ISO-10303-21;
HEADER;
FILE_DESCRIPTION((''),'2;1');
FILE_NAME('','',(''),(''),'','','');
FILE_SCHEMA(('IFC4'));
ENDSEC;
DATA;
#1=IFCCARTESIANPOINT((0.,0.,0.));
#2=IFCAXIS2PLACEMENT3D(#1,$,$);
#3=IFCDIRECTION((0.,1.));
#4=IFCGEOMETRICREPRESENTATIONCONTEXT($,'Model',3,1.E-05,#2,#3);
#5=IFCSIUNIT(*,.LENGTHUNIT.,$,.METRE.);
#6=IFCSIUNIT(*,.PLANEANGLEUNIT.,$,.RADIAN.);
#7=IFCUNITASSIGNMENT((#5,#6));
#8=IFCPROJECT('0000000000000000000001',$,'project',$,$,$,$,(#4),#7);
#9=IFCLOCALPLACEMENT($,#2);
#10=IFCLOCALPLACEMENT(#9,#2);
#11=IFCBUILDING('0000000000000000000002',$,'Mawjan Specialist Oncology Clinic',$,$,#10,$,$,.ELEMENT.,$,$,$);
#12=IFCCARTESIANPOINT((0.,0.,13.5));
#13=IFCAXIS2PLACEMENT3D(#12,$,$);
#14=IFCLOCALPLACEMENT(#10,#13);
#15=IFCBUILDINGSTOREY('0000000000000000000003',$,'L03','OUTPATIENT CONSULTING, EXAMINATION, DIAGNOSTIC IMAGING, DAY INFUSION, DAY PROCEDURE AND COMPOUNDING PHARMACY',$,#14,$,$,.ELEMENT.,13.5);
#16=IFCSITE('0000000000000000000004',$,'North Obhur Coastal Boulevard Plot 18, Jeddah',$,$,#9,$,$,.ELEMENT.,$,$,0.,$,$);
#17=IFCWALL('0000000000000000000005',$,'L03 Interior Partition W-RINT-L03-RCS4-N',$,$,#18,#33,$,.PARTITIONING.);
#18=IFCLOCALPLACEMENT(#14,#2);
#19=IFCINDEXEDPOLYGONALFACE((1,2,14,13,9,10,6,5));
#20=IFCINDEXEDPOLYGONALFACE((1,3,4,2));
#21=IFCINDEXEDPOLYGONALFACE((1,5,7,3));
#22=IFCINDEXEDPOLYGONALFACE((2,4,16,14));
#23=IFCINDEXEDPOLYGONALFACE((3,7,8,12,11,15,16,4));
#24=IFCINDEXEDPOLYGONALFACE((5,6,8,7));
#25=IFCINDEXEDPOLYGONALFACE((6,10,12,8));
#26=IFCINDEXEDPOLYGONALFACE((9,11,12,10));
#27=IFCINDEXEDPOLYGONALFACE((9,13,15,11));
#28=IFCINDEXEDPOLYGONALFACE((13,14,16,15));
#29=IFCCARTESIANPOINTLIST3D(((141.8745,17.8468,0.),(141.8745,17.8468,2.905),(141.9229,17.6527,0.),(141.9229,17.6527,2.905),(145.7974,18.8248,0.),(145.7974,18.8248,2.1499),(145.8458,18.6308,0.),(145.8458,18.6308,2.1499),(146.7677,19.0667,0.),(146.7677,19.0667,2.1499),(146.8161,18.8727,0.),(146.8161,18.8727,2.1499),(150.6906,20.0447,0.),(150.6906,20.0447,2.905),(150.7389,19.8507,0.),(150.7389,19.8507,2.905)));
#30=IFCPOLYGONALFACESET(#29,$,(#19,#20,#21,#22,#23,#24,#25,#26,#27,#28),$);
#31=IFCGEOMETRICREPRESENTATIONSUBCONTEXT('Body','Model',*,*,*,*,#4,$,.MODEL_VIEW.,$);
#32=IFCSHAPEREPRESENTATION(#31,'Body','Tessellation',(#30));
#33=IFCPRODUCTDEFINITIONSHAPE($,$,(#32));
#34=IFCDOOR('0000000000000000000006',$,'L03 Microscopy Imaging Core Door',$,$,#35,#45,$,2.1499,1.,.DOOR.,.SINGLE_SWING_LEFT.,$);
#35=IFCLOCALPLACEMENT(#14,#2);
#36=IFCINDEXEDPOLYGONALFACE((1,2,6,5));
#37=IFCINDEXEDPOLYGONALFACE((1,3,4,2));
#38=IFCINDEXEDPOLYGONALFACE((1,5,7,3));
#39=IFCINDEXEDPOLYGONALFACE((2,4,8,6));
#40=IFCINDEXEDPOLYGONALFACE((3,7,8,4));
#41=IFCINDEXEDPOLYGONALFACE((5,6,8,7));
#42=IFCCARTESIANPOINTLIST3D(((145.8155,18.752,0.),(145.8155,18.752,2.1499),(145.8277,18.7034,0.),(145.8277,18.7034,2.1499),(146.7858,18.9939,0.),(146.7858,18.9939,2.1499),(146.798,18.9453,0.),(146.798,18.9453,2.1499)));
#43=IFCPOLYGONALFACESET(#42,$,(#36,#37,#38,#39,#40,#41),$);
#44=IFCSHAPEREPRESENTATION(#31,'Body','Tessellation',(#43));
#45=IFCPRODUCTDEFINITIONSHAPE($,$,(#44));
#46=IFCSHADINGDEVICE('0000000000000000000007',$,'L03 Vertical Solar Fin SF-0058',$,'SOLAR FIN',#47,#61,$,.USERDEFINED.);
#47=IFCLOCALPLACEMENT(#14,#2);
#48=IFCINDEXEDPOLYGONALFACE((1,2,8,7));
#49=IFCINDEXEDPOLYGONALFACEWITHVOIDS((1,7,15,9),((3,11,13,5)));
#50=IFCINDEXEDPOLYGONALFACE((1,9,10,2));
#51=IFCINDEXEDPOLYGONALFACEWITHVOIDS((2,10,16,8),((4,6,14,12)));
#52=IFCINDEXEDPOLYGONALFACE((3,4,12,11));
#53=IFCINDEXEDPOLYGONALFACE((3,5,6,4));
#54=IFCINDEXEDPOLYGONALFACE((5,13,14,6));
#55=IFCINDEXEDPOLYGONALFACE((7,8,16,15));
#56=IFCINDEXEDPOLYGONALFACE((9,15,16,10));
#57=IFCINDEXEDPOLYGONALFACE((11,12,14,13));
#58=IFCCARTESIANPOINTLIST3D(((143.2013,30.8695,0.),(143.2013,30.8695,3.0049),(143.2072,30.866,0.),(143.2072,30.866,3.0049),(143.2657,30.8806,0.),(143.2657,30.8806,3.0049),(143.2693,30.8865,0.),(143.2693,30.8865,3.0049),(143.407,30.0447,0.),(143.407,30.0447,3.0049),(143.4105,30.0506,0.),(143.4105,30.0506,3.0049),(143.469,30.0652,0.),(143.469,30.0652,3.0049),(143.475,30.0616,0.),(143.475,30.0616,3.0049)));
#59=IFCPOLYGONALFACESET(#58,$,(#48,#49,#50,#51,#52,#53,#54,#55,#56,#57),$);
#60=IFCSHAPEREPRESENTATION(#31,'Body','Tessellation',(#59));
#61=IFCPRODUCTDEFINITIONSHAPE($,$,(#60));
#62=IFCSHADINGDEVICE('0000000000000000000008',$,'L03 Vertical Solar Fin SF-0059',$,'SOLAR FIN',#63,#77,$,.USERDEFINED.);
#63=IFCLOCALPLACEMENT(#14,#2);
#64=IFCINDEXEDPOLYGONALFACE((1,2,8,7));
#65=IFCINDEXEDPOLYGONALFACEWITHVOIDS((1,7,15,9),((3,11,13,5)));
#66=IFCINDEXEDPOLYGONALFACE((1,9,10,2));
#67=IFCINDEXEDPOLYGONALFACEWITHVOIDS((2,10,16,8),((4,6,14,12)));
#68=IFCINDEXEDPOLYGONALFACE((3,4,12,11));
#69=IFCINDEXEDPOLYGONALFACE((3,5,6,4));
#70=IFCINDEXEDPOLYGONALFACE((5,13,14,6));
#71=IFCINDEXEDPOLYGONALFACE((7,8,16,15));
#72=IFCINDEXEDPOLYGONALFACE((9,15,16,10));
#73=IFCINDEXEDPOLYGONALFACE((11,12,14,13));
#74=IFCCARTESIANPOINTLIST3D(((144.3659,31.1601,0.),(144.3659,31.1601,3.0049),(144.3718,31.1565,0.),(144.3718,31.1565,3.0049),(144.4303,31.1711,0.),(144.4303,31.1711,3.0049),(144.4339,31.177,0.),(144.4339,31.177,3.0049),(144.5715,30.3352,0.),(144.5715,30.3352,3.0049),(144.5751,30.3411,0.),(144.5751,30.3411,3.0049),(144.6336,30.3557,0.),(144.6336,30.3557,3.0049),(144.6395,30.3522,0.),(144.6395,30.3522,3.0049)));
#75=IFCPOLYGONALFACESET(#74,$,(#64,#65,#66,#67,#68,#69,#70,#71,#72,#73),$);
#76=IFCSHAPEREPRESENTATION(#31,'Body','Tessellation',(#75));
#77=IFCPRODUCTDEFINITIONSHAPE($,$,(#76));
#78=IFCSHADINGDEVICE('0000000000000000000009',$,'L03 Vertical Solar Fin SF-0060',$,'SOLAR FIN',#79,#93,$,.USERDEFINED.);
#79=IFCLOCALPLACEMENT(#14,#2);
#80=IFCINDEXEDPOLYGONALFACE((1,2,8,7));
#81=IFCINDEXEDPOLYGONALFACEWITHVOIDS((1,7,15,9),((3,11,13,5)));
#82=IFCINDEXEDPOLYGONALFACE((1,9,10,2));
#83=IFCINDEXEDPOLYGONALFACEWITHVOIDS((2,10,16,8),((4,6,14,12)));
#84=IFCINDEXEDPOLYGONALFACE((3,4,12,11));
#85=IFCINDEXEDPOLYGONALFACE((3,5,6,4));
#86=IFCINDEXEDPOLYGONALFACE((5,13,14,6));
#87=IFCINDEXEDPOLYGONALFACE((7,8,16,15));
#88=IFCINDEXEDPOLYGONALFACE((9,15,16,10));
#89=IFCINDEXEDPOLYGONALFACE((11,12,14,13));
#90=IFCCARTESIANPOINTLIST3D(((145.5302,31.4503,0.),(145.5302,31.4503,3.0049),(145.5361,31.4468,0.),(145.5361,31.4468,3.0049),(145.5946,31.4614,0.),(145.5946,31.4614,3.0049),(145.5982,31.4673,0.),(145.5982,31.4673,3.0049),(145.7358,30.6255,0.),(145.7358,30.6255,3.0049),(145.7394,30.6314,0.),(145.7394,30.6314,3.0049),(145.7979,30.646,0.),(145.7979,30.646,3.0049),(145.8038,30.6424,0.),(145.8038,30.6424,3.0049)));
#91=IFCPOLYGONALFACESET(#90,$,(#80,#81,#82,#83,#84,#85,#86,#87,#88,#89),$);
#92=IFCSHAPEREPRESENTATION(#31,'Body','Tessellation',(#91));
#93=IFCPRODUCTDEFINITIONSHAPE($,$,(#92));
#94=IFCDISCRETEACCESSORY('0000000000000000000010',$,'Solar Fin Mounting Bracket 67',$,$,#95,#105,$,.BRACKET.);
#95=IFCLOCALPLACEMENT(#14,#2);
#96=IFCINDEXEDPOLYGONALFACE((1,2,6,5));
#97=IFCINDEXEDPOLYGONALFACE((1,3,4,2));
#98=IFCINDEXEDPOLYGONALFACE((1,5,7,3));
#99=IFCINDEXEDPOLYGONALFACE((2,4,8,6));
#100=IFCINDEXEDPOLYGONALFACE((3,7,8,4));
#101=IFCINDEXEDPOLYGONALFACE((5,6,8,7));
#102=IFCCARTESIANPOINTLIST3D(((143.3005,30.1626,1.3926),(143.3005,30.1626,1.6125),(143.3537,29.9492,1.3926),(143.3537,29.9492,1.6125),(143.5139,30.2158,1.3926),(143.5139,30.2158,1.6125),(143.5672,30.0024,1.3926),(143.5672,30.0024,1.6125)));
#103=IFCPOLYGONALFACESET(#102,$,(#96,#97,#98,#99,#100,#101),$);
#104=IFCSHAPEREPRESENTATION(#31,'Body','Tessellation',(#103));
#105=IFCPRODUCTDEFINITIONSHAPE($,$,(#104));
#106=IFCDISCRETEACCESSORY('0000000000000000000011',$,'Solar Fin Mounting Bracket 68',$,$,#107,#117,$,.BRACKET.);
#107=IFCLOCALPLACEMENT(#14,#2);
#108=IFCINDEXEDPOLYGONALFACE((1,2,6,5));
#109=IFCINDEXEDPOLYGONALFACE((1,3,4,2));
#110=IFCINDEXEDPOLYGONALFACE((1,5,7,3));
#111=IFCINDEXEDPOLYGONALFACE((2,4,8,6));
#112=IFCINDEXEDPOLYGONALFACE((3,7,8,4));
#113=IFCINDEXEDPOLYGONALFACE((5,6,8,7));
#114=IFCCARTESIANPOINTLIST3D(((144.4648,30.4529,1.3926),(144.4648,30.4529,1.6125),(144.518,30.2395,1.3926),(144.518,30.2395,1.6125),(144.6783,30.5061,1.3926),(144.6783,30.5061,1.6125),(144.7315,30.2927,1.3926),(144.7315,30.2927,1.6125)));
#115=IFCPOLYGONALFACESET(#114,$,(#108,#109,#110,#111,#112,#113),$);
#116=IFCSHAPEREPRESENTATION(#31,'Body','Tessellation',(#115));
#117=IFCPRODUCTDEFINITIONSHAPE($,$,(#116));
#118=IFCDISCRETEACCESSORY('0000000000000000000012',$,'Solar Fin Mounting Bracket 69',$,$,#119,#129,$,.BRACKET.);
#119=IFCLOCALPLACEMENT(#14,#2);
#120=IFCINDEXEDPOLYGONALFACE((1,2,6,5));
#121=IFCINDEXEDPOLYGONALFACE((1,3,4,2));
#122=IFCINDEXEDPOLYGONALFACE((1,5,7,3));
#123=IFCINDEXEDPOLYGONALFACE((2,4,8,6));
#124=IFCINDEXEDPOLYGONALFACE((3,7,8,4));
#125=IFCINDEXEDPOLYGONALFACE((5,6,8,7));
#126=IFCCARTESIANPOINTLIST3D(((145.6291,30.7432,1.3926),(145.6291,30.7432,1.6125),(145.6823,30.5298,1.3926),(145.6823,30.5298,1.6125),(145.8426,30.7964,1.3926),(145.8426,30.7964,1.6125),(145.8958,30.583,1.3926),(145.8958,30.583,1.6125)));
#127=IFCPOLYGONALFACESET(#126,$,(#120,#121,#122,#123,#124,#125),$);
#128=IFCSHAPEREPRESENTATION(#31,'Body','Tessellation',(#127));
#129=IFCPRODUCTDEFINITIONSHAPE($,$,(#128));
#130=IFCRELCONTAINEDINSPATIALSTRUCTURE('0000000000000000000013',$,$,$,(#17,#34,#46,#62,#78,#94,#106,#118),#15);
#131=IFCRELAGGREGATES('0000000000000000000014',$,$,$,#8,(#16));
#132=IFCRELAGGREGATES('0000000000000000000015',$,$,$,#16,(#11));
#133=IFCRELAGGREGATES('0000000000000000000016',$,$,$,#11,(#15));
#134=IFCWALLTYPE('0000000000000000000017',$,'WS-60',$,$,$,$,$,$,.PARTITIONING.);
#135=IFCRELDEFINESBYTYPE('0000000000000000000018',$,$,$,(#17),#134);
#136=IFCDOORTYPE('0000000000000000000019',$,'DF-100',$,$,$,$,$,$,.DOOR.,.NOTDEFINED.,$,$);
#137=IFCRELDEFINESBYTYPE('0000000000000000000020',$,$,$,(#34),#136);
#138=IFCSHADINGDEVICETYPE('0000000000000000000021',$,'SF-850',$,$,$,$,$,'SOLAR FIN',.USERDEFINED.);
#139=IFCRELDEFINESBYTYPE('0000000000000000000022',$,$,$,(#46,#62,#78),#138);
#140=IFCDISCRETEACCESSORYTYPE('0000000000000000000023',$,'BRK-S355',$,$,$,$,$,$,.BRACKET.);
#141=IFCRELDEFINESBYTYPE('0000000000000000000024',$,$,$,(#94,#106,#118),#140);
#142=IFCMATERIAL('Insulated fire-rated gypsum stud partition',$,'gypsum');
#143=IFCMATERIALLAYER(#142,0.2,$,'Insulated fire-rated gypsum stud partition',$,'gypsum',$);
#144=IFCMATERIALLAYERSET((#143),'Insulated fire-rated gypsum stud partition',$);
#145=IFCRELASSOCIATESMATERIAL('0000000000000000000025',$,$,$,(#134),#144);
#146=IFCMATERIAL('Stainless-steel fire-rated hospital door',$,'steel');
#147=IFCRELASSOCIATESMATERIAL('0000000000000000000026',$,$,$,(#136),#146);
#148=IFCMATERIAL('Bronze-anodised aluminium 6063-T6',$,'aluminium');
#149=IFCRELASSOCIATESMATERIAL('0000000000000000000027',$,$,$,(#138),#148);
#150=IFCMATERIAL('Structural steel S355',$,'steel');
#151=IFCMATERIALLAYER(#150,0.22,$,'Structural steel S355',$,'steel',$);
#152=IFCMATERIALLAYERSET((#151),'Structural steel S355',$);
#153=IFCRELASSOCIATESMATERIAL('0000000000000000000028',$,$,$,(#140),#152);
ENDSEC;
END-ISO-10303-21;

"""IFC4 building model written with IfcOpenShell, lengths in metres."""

from ifc_helpers import new_model, si_unit, direction, frame, frame_2d, origin, origin_2d, place, context, subcontext, project, spatial, rectangle, hollow_rectangle, extrude, material, layer, layer_set, material_profile, profile_set, type_object, element, fill, save


model = new_model("IFC4")

# Units and contexts
model_context = context("Model", 3, precision=1e-05, world=origin(), true_north=direction((0.0, 1.0)))
body_context = subcontext(model_context, "Body", "Model", "MODEL_VIEW")
ifc_project = project(units=[si_unit("LENGTHUNIT", "METRE"), si_unit("PLANEANGLEUNIT", "RADIAN")], contexts=[model_context])

# Site, building, storey
site_placement = place(None, origin())
site = spatial("IfcSite", under=ifc_project, at=site_placement, Name="North Obhur Coastal Boulevard Plot 18, Jeddah", CompositionType="ELEMENT", RefElevation=0.0)
building_placement = place(site_placement, origin())
building = spatial("IfcBuilding", under=site, at=building_placement, Name="Mawjan Specialist Oncology Clinic", CompositionType="ELEMENT")
storey_placement = place(building_placement, frame((0.0, 0.0, 13.5)))
storey = spatial("IfcBuildingStorey", under=building, at=storey_placement, Name="L03", Description="OUTPATIENT CONSULTING, EXAMINATION, DIAGNOSTIC IMAGING, DAY INFUSION, DAY PROCEDURE AND COMPOUNDING PHARMACY", CompositionType="ELEMENT", Elevation=13.5)

# Wall, opening, door
ifc_material_1 = material(Name="Insulated fire-rated gypsum stud partition", Category="gypsum")
ifc_layer_1 = layer(ifc_material_1, 0.2, Name="Insulated fire-rated gypsum stud partition", Category="gypsum")
ifc_layer_set_1 = layer_set([ifc_layer_1], Name="Insulated fire-rated gypsum stud partition")
wall_type_1 = type_object("IfcWallType", Name="WS-60", PredefinedType="PARTITIONING", material=ifc_layer_set_1)
wall_1_placement = place(storey_placement, frame((141.8987, 17.7498, 0.0), z_axis=(0.0, 0.0, 1.0), x_axis=(0.970299, 0.24191, 0.0)))
wall_1 = element("IfcWall", 1, at=wall_1_placement, inside=storey, type_object=wall_type_1, Name="L03 Interior Partition W-RINT-L03-RCS4-N", PredefinedType="PARTITIONING", context=body_context, shape_type="SweptSolid", body=[
    extrude(rectangle(XDim=9.0859, YDim=0.2, at=frame_2d((4.543, 0.0))), origin(), (0.0, 0.0, 1.0), 2.905),
])
opening_placement = place(wall_1_placement, frame((4.043, 0.0, 0.0)))
opening = element("IfcOpeningElement", 2, at=opening_placement, cuts=wall_1, PredefinedType="OPENING", context=body_context, shape_type="SweptSolid", body=[
    extrude(rectangle(XDim=1.0, YDim=2.1499, at=frame_2d((0.5, 1.075))), frame((0.0, 0.1121, 0.0), z_axis=(0.0, -1.0, 0.0), x_axis=(1.0, 0.0, 0.0)), (0.0, 0.0, 1.0), 0.2239),
])
ifc_material_2 = material(Name="Stainless-steel fire-rated hospital door", Category="steel")
door_type = type_object("IfcDoorType", Name="DF-100", OperationType="NOTDEFINED", PredefinedType="DOOR", material=ifc_material_2)
door_placement = place(opening_placement, origin())
door = element("IfcDoor", 3, at=door_placement, inside=storey, type_object=door_type, Name="L03 Microscopy Imaging Core Door", OperationType="SINGLE_SWING_LEFT", OverallHeight=2.1499, OverallWidth=1.0, PredefinedType="DOOR", context=body_context, shape_type="SweptSolid", body=[
    extrude(rectangle(XDim=1.0, YDim=2.1499, at=frame_2d((0.5, 1.075))), frame((0.0, 0.0249, 0.0), z_axis=(0.0, -1.0, 0.0), x_axis=(1.0, 0.0, 0.0)), (0.0, 0.0, 1.0), 0.05),
])
fill(opening, door)

# Shading devices
ifc_material_3 = material(Name="Bronze-anodised aluminium 6063-T6", Category="aluminium")
ifc_material_profile_1 = material_profile(ifc_material_3, hollow_rectangle(XDim=0.0701, YDim=0.8501, WallThickness=0.0049, at=origin_2d()), Name="FIN 850x70x5", Category="aluminium")
ifc_profile_set_1 = profile_set([ifc_material_profile_1], Name="Bronze-anodised aluminium 6063-T6")
shading_device_type = type_object("IfcShadingDeviceType", Name="SF-850", ElementType="SOLAR FIN", PredefinedType="USERDEFINED", material=ifc_profile_set_1)
for number, where, z_axis, x_axis, name in (
    (4, (143.3381, 30.4656, 0.0), (0.0, 0.0, 1.0), (0.970296, 0.241922, 0.0), "L03 Vertical Solar Fin SF-0058"),
    (5, (144.5027, 30.7561, 0.0), (0.0, 0.0, 1.0), (0.970296, 0.241922, 0.0), "L03 Vertical Solar Fin SF-0059"),
    (6, (145.667, 31.0464, 0.0), (0.0, 0.0, 1.0), (0.970296, 0.241922, 0.0), "L03 Vertical Solar Fin SF-0060"),
):
    element("IfcShadingDevice", number, at=place(storey_placement, frame(where, z_axis=z_axis, x_axis=x_axis)), inside=storey, type_object=shading_device_type, Name=name, ObjectType="SOLAR FIN", PredefinedType="USERDEFINED", context=body_context, shape_type="SweptSolid", body=[
        extrude(hollow_rectangle(XDim=0.0701, YDim=0.8501, WallThickness=0.0049, at=origin_2d()), origin(), (0.0, 0.0, 1.0), 3.0049),
    ])

# Discrete accessories
ifc_material_4 = material(Name="Structural steel S355", Category="steel")
ifc_layer_2 = layer(ifc_material_4, 0.22, Name="Structural steel S355", Category="steel")
ifc_layer_set_2 = layer_set([ifc_layer_2], Name="Structural steel S355")
discrete_accessory_type = type_object("IfcDiscreteAccessoryType", Name="BRK-S355", PredefinedType="BRACKET", material=ifc_layer_set_2)
for number, where, z_axis, x_axis, name in (
    (7, (143.4338, 30.0825, 1.3926), (0.0, 0.0, 1.0), (0.970296, 0.241922, 0.0), "Solar Fin Mounting Bracket 67"),
    (8, (144.5981, 30.3728, 1.3926), (0.0, 0.0, 1.0), (0.970296, 0.241922, 0.0), "Solar Fin Mounting Bracket 68"),
    (9, (145.7625, 30.6631, 1.3926), (0.0, 0.0, 1.0), (0.970296, 0.241922, 0.0), "Solar Fin Mounting Bracket 69"),
):
    element("IfcDiscreteAccessory", number, at=place(storey_placement, frame(where, z_axis=z_axis, x_axis=x_axis)), inside=storey, type_object=discrete_accessory_type, Name=name, PredefinedType="BRACKET", context=body_context, shape_type="SweptSolid", body=[
        extrude(rectangle(XDim=0.22, YDim=0.22, at=origin_2d()), origin(), (0.0, 0.0, 1.0), 0.22),
    ])

save(model, "model.ifc")
